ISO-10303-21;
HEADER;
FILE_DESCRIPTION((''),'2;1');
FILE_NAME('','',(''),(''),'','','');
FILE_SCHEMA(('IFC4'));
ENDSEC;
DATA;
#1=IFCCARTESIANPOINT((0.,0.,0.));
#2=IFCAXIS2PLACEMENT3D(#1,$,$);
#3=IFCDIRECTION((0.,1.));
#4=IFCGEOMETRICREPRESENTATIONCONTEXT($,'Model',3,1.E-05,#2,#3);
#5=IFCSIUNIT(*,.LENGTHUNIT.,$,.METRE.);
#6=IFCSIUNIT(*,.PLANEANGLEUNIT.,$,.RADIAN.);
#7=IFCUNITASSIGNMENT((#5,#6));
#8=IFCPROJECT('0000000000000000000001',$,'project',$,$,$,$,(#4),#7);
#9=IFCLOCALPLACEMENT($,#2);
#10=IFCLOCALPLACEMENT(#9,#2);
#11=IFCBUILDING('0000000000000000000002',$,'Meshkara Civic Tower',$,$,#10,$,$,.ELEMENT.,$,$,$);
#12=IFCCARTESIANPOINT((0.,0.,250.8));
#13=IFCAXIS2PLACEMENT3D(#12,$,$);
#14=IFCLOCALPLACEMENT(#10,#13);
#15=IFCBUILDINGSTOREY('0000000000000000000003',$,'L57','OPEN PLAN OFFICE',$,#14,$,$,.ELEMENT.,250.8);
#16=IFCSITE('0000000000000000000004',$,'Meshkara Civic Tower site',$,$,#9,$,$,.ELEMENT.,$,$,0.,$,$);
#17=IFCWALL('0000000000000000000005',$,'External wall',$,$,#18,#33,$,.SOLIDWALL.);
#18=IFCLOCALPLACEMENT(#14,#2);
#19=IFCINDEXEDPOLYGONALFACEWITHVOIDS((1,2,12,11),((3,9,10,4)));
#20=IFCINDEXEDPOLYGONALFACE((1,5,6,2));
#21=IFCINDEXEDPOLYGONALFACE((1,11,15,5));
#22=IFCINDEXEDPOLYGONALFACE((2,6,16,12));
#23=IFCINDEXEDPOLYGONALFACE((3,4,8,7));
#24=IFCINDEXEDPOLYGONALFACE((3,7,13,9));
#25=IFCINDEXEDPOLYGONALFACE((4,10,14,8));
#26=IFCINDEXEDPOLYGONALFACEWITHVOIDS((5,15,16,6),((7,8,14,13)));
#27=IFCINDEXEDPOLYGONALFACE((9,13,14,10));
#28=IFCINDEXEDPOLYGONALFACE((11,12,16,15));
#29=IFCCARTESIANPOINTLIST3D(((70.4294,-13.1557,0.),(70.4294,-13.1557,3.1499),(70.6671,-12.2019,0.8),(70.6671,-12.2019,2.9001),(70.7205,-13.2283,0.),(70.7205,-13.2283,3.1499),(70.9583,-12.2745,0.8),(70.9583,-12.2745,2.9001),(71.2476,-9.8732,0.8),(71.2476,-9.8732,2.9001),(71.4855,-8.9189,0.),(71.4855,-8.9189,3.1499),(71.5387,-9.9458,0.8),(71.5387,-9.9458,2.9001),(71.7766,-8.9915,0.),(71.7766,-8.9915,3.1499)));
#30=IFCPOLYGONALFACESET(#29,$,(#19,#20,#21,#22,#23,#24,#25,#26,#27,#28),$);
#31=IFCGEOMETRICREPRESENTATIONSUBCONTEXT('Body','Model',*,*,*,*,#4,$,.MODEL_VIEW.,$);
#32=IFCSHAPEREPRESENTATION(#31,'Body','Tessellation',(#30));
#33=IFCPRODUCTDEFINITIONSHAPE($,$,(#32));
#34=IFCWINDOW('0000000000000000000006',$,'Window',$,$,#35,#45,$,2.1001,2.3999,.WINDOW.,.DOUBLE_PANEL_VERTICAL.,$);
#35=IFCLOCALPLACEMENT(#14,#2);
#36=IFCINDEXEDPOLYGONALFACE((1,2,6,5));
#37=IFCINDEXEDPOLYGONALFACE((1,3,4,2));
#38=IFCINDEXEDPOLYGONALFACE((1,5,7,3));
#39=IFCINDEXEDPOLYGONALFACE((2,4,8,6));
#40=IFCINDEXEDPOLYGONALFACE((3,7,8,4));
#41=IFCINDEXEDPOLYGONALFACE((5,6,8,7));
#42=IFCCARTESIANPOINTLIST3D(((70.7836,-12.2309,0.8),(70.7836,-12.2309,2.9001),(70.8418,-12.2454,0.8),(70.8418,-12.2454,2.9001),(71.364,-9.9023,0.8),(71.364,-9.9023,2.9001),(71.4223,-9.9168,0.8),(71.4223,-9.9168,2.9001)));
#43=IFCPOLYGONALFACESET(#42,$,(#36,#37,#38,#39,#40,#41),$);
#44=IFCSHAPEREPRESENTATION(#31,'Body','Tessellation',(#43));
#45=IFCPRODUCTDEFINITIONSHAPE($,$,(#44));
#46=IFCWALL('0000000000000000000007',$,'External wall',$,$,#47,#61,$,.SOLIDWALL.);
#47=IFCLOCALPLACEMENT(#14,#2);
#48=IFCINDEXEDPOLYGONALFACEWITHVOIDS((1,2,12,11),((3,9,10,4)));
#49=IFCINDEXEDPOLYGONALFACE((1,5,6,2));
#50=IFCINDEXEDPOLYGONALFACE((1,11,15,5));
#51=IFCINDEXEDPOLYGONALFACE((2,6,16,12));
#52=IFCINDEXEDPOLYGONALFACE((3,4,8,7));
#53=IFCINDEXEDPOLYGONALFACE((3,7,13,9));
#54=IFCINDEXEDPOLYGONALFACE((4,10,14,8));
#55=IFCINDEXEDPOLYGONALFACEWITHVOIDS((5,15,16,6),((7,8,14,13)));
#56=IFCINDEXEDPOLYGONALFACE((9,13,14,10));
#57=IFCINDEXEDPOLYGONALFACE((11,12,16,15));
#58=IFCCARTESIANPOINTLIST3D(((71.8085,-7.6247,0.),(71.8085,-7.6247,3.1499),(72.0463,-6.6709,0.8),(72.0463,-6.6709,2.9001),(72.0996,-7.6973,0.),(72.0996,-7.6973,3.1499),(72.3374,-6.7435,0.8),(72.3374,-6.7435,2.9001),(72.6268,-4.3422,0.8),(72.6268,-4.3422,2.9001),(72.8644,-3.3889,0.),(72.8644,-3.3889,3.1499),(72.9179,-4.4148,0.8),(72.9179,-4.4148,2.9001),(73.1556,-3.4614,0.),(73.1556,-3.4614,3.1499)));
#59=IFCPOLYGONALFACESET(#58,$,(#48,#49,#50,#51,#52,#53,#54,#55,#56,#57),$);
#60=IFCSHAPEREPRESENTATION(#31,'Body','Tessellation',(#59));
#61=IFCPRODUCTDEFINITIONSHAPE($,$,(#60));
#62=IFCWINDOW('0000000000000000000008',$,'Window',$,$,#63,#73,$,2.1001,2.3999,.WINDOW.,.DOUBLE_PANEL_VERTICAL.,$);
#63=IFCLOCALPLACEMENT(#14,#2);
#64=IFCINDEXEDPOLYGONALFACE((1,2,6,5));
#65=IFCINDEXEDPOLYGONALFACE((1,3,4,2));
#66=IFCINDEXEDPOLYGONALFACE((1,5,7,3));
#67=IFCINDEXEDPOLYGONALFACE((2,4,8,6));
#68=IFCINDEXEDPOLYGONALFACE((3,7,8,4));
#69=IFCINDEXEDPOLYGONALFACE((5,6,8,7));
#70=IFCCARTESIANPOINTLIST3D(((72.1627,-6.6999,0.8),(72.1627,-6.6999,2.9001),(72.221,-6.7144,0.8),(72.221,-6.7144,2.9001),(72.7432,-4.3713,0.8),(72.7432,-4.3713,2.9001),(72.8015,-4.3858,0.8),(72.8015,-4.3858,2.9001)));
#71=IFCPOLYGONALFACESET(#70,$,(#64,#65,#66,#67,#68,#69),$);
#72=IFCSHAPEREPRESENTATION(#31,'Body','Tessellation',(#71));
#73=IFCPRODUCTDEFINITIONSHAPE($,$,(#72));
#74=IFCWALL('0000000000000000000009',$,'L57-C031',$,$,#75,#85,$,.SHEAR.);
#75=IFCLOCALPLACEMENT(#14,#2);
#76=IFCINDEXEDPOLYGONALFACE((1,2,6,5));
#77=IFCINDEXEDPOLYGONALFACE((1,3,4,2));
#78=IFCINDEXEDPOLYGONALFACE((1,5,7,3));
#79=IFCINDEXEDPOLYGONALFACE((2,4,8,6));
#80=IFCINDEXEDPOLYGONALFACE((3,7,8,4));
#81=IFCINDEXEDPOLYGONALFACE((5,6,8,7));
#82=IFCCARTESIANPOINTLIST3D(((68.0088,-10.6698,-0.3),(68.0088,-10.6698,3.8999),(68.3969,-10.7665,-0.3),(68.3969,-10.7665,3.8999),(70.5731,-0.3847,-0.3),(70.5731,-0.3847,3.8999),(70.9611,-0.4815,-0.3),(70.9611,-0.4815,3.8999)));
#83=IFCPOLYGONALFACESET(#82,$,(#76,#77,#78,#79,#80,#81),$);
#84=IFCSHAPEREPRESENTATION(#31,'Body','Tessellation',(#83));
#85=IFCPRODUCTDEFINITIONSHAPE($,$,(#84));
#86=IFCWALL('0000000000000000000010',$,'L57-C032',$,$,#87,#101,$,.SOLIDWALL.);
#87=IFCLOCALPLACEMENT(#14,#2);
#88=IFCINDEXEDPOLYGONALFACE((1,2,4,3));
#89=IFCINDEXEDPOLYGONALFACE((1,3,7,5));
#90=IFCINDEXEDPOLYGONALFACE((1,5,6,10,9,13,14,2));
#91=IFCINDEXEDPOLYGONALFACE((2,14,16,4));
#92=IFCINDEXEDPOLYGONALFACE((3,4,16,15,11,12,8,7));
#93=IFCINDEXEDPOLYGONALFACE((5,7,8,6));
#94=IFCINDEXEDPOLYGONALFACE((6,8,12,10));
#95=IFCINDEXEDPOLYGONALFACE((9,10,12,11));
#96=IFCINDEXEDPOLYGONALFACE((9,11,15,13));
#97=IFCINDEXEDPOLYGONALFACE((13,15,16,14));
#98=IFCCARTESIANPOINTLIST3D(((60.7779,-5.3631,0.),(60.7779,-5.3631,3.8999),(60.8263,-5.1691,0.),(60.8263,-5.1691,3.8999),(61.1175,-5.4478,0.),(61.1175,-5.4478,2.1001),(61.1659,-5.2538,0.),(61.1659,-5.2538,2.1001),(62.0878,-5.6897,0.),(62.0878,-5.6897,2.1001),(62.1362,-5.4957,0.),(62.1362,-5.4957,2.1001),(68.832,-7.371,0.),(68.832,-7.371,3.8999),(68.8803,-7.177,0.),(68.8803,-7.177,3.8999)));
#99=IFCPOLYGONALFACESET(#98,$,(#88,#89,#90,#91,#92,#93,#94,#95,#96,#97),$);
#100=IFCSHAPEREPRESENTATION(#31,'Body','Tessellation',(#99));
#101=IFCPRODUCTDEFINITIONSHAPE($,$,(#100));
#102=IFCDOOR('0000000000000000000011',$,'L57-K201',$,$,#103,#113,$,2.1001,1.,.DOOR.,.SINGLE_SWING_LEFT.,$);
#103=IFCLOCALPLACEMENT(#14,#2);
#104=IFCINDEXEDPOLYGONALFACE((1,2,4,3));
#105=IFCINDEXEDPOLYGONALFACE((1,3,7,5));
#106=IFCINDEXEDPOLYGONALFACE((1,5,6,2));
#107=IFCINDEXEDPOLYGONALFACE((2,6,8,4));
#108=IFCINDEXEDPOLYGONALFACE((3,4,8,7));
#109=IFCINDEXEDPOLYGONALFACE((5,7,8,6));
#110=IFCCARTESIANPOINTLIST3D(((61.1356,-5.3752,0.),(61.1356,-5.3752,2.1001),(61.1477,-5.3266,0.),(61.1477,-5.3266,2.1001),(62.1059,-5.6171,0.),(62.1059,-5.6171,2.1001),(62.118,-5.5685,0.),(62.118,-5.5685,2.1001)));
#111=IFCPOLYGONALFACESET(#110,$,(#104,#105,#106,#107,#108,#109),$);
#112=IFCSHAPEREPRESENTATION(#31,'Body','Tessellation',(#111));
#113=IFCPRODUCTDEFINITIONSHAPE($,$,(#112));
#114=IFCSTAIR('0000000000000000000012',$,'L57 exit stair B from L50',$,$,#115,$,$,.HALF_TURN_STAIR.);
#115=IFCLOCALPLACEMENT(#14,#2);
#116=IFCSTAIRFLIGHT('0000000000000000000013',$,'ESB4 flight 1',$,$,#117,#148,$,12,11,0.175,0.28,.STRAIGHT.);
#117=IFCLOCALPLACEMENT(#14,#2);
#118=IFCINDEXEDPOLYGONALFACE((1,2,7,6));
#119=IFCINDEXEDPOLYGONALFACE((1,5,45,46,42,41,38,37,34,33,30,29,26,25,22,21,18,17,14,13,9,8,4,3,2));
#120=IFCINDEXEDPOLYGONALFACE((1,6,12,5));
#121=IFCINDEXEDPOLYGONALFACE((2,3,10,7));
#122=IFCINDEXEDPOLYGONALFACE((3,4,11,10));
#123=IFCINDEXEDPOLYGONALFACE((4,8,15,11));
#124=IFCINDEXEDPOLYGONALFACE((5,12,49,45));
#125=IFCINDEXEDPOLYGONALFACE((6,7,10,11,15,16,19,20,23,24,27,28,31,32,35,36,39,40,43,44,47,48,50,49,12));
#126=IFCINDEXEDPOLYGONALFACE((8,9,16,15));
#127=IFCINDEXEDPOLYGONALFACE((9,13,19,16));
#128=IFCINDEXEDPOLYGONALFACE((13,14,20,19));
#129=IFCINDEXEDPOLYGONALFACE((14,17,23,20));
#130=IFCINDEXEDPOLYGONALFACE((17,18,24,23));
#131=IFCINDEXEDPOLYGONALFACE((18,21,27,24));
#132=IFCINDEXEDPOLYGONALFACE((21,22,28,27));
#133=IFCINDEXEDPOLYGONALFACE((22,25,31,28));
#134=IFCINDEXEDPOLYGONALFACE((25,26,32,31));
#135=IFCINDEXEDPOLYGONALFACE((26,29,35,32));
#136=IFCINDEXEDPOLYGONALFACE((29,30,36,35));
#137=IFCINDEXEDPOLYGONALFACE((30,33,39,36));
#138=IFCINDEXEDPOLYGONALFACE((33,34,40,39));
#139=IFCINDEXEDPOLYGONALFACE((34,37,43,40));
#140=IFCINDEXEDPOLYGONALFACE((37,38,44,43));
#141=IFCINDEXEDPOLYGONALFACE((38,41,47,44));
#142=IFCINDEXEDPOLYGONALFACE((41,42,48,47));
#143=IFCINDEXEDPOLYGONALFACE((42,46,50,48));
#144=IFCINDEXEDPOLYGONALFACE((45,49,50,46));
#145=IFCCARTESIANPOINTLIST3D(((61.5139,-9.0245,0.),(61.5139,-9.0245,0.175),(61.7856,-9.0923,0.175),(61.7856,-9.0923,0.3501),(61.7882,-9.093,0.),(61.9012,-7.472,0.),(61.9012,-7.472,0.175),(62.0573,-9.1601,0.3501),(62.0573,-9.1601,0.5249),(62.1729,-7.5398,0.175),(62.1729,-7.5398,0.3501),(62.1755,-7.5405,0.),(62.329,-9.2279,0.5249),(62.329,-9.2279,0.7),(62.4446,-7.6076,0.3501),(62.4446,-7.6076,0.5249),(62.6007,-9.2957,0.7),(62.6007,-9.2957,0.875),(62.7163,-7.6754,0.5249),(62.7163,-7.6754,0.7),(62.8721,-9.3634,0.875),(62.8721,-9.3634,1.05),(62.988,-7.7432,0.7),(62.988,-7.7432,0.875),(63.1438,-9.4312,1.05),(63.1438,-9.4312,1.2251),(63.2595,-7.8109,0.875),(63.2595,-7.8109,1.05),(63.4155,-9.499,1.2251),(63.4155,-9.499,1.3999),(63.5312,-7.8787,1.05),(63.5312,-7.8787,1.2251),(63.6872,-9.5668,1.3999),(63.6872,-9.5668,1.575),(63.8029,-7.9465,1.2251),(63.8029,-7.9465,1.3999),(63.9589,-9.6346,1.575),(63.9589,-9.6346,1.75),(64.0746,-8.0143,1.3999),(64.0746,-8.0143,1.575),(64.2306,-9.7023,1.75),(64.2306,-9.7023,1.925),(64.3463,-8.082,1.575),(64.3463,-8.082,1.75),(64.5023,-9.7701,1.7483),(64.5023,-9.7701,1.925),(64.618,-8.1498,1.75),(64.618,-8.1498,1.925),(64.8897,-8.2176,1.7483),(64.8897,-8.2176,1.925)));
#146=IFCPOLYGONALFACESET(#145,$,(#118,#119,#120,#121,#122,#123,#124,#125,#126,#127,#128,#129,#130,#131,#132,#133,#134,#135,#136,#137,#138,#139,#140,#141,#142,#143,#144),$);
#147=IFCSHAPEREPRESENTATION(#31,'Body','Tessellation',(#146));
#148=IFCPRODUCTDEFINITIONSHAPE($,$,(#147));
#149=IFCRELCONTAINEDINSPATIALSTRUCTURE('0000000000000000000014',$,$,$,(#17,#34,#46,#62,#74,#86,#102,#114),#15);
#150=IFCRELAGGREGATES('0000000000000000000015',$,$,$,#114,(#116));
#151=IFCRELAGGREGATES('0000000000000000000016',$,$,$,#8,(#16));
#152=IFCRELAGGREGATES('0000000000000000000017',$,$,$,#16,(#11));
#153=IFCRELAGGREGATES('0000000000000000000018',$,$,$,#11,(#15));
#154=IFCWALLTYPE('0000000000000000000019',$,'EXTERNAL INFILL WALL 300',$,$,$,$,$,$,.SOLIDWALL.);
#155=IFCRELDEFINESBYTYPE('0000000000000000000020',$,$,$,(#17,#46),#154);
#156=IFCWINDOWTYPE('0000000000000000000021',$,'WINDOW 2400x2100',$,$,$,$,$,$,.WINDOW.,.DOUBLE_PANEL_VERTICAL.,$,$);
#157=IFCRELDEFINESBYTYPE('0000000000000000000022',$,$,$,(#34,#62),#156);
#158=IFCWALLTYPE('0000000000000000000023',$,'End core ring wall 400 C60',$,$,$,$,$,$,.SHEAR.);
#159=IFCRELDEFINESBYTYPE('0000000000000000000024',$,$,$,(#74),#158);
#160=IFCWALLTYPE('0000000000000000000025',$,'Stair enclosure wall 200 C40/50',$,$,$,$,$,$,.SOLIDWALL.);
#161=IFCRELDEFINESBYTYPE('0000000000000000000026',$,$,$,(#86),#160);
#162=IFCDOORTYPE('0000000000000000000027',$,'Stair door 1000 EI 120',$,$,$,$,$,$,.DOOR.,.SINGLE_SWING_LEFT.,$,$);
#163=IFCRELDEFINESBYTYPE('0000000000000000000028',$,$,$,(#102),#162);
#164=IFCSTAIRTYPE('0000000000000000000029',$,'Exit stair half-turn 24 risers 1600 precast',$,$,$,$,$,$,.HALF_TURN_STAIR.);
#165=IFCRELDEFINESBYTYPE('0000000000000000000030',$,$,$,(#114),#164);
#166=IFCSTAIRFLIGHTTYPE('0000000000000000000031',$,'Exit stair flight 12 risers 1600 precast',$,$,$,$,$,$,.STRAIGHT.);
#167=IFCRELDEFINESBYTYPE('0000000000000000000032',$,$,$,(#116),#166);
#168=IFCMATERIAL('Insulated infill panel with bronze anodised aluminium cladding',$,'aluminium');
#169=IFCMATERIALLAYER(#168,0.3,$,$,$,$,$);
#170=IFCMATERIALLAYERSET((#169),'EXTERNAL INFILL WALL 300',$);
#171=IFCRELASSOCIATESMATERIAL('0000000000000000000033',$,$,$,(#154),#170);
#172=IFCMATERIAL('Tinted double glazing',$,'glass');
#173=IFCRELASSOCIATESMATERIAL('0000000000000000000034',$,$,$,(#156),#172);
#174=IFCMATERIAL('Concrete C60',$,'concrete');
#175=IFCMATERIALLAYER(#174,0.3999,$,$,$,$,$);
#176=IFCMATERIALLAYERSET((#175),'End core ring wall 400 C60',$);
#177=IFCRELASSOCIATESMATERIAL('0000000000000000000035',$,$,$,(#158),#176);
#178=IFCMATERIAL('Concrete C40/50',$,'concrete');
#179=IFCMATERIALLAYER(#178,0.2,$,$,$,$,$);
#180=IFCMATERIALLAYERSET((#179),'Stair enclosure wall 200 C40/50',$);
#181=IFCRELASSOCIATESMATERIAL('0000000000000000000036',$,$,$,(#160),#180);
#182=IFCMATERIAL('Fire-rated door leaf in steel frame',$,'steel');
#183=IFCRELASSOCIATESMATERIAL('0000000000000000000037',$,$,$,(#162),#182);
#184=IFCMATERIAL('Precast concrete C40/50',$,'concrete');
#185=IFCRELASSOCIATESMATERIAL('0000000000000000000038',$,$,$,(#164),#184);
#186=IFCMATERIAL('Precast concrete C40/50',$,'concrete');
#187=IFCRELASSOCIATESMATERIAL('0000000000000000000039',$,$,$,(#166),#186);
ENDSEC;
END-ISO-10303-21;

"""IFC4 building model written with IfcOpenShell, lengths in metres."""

from ifc_helpers import new_model, si_unit, direction, frame, frame_2d, origin, place, context, subcontext, project, spatial, polyline, rectangle, outline, extrude, material, layer, layer_set, type_object, element, fill, aggregate, save


model = new_model("IFC4")

# Units and contexts
model_context = context("Model", 3, precision=1e-05, world=origin(), true_north=direction((0.0, 1.0)))
body_context = subcontext(model_context, "Body", "Model", "MODEL_VIEW")
ifc_project = project(units=[si_unit("LENGTHUNIT", "METRE"), si_unit("PLANEANGLEUNIT", "RADIAN")], contexts=[model_context])

# Site, building, storey
site_placement = place(None, origin())
site = spatial("IfcSite", under=ifc_project, at=site_placement, Name="Meshkara Civic Tower site", CompositionType="ELEMENT", RefElevation=0.0)
building_placement = place(site_placement, origin())
building = spatial("IfcBuilding", under=site, at=building_placement, Name="Meshkara Civic Tower", CompositionType="ELEMENT")
storey_placement = place(building_placement, frame((0.0, 0.0, 250.8)))
storey = spatial("IfcBuildingStorey", under=building, at=storey_placement, Name="L57", Description="OPEN PLAN OFFICE", CompositionType="ELEMENT", Elevation=250.8)

# Walls, openings, windows
ifc_material_1 = material(Name="Insulated infill panel with bronze anodised aluminium cladding", Category="aluminium")
ifc_layer_1 = layer(ifc_material_1, 0.3)
ifc_layer_set_1 = layer_set([ifc_layer_1], Name="EXTERNAL INFILL WALL 300")
wall_type_1 = type_object("IfcWallType", Name="EXTERNAL INFILL WALL 300", PredefinedType="SOLIDWALL", material=ifc_layer_set_1)
ifc_material_2 = material(Name="Tinted double glazing", Category="glass")
window_type_1 = type_object("IfcWindowType", Name="WINDOW 2400x2100", PartitioningType="DOUBLE_PANEL_VERTICAL", PredefinedType="WINDOW", material=ifc_material_2)
wall_1_placement = place(storey_placement, frame((70.575, -13.1919, 0.0), z_axis=(0.0, 0.0, 1.0), x_axis=(0.241878, 0.970307, 0.0)))
wall_1 = element("IfcWall", 1, at=wall_1_placement, inside=storey, type_object=wall_type_1, Name="External wall", PredefinedType="SOLIDWALL", context=body_context, shape_type="SweptSolid", body=[
    extrude(rectangle(XDim=4.3665, YDim=0.3, at=frame_2d((2.1831, 0.0))), origin(), (0.0, 0.0, 1.0), 3.1499),
])
opening_1_placement = place(wall_1_placement, frame((0.9829, 0.0, 0.8)))
opening_1 = element("IfcOpeningElement", 2, at=opening_1_placement, cuts=wall_1, PredefinedType="OPENING", context=body_context, shape_type="SweptSolid", body=[
    extrude(rectangle(XDim=2.3999, YDim=2.1001, at=frame_2d((1.2, 1.05))), frame((0.0, 0.1599, 0.0), z_axis=(0.0, -1.0, 0.0), x_axis=(1.0, 0.0, 0.0)), (0.0, 0.0, 1.0), 0.3201),
])
window_1_placement = place(opening_1_placement, origin())
window_1 = element("IfcWindow", 3, at=window_1_placement, inside=storey, type_object=window_type_1, Name="Window", OverallHeight=2.1001, OverallWidth=2.3999, PartitioningType="DOUBLE_PANEL_VERTICAL", PredefinedType="WINDOW", context=body_context, shape_type="SweptSolid", body=[
    extrude(rectangle(XDim=2.3999, YDim=2.1001, at=frame_2d((1.2, 1.05))), frame((0.0, 0.03, 0.0), z_axis=(0.0, -1.0, 0.0), x_axis=(1.0, 0.0, 0.0)), (0.0, 0.0, 1.0), 0.0601),
])
fill(opening_1, window_1)
wall_2_placement = place(storey_placement, frame((71.9541, -7.6609, 0.0), z_axis=(0.0, 0.0, 1.0), x_axis=(0.241878, 0.970307, 0.0)))
wall_2 = element("IfcWall", 4, at=wall_2_placement, inside=storey, type_object=wall_type_1, Name="External wall", PredefinedType="SOLIDWALL", context=body_context, shape_type="SweptSolid", body=[
    extrude(rectangle(XDim=4.3655, YDim=0.3, at=frame_2d((2.1826, 0.0))), origin(), (0.0, 0.0, 1.0), 3.1499),
])
opening_2_placement = place(wall_2_placement, frame((0.9829, 0.0, 0.8)))
opening_2 = element("IfcOpeningElement", 5, at=opening_2_placement, cuts=wall_2, PredefinedType="OPENING", context=body_context, shape_type="SweptSolid", body=[
    extrude(rectangle(XDim=2.3999, YDim=2.1001, at=frame_2d((1.2, 1.05))), frame((0.0, 0.1599, 0.0), z_axis=(0.0, -1.0, 0.0), x_axis=(1.0, 0.0, 0.0)), (0.0, 0.0, 1.0), 0.3201),
])
window_2_placement = place(opening_2_placement, origin())
window_2 = element("IfcWindow", 6, at=window_2_placement, inside=storey, type_object=window_type_1, Name="Window", OverallHeight=2.1001, OverallWidth=2.3999, PartitioningType="DOUBLE_PANEL_VERTICAL", PredefinedType="WINDOW", context=body_context, shape_type="SweptSolid", body=[
    extrude(rectangle(XDim=2.3999, YDim=2.1001, at=frame_2d((1.2, 1.05))), frame((0.0, 0.03, 0.0), z_axis=(0.0, -1.0, 0.0), x_axis=(1.0, 0.0, 0.0)), (0.0, 0.0, 1.0), 0.0601),
])
fill(opening_2, window_2)

# Wall
ifc_material_3 = material(Name="Concrete C60", Category="concrete")
ifc_layer_2 = layer(ifc_material_3, 0.3999)
ifc_layer_set_2 = layer_set([ifc_layer_2], Name="End core ring wall 400 C60")
wall_type_2 = type_object("IfcWallType", Name="End core ring wall 400 C60", PredefinedType="SHEAR", material=ifc_layer_set_2)
wall_3_placement = place(storey_placement, frame((68.2029, -10.718, -0.3), z_axis=(0.0, 0.0, 1.0), x_axis=(0.241912, 0.970298, 0.0)))
element("IfcWall", 7, at=wall_3_placement, inside=storey, type_object=wall_type_2, Name="L57-C031", PredefinedType="SHEAR", context=body_context, shape_type="SweptSolid", body=[
    extrude(rectangle(XDim=10.5999, YDim=0.3999, at=frame_2d((5.2998, 0.0))), origin(), (0.0, 0.0, 1.0), 4.2),
])

# Wall, opening, door
ifc_material_4 = material(Name="Concrete C40/50", Category="concrete")
ifc_layer_3 = layer(ifc_material_4, 0.2)
ifc_layer_set_3 = layer_set([ifc_layer_3], Name="Stair enclosure wall 200 C40/50")
wall_type_3 = type_object("IfcWallType", Name="Stair enclosure wall 200 C40/50", PredefinedType="SOLIDWALL", material=ifc_layer_set_3)
wall_4_placement = place(storey_placement, frame((60.802, -5.2661, 0.0), z_axis=(0.0, 0.0, 1.0), x_axis=(0.970303, -0.241892, 0.0)))
wall_4 = element("IfcWall", 8, at=wall_4_placement, inside=storey, type_object=wall_type_3, Name="L57-C032", PredefinedType="SOLIDWALL", context=body_context, shape_type="SweptSolid", body=[
    extrude(rectangle(XDim=8.3005, YDim=0.2, at=frame_2d((4.1504, 0.0))), origin(), (0.0, 0.0, 1.0), 3.8999),
])
opening_3_placement = place(wall_4_placement, frame((0.3501, 0.0, 0.0)))
opening_3 = element("IfcOpeningElement", 9, at=opening_3_placement, cuts=wall_4, PredefinedType="OPENING", context=body_context, shape_type="SweptSolid", body=[
    extrude(rectangle(XDim=1.0, YDim=2.1001, at=frame_2d((0.5, 1.05))), frame((0.0, 0.1099, 0.0), z_axis=(0.0, -1.0, 0.0), x_axis=(1.0, 0.0, 0.0)), (0.0, 0.0, 1.0), 0.22),
])
ifc_material_5 = material(Name="Fire-rated door leaf in steel frame", Category="steel")
door_type = type_object("IfcDoorType", Name="Stair door 1000 EI 120", OperationType="SINGLE_SWING_LEFT", PredefinedType="DOOR", material=ifc_material_5)
door_placement = place(opening_3_placement, origin())
door = element("IfcDoor", 10, at=door_placement, inside=storey, type_object=door_type, Name="L57-K201", OperationType="SINGLE_SWING_LEFT", OverallHeight=2.1001, OverallWidth=1.0, PredefinedType="DOOR", context=body_context, shape_type="SweptSolid", body=[
    extrude(rectangle(XDim=1.0, YDim=2.1001, at=frame_2d((0.5, 1.05))), frame((0.0, 0.0249, 0.0), z_axis=(0.0, -1.0, 0.0), x_axis=(1.0, 0.0, 0.0)), (0.0, 0.0, 1.0), 0.05),
])
fill(opening_3, door)

# Stair, stair flight
ifc_material_6 = material(Name="Precast concrete C40/50", Category="concrete")
stair_type = type_object("IfcStairType", Name="Exit stair half-turn 24 risers 1600 precast", PredefinedType="HALF_TURN_STAIR", material=ifc_material_6)
stair_placement = place(storey_placement, origin())
stair = element("IfcStair", 11, at=stair_placement, inside=storey, type_object=stair_type, Name="L57 exit stair B from L50", PredefinedType="HALF_TURN_STAIR")
ifc_material_7 = material(Name="Precast concrete C40/50", Category="concrete")
stair_flight_type = type_object("IfcStairFlightType", Name="Exit stair flight 12 risers 1600 precast", PredefinedType="STRAIGHT", material=ifc_material_7)
stair_flight_1_placement = place(storey_placement, frame((61.7075, -8.2483, 0.0), z_axis=(0.0, 0.0, 1.0), x_axis=(0.97026, -0.242065, 0.0)))
stair_flight_1 = element("IfcStairFlight", 12, at=stair_flight_1_placement, type_object=stair_flight_type, Name="ESB4 flight 1", NumberOfRisers=12, NumberOfTreads=11, PredefinedType="STRAIGHT", RiserHeight=0.175, TreadLength=0.28, context=body_context, shape_type="SweptSolid", body=[
    extrude(outline(polyline([(0.0, 0.0), (0.0, 0.175), (0.28, 0.175), (0.28, 0.3501), (0.5601, 0.3501), (0.5601, 0.5249), (0.8401, 0.5249), (0.8401, 0.7), (1.1201, 0.7), (1.1201, 0.875), (1.3999, 0.875), (1.3999, 1.05), (1.6799, 1.05), (1.6799, 1.2251), (1.96, 1.2251), (1.96, 1.3999), (2.24, 1.3999), (2.24, 1.575), (2.52, 1.575), (2.52, 1.75), (2.8, 1.75), (2.8, 1.925), (3.0801, 1.925), (3.0801, 2.1001), (3.0801, 1.7483), (0.2827, 0.0), (0.0, 0.0)])), frame((0.0, 0.8, 0.0), z_axis=(0.0, -1.0, 0.0), x_axis=(1.0, 0.0, 0.0)), (0.0, 0.0, 1.0), 1.6001),
])
aggregate(stair, [stair_flight_1])

save(model, "model.ifc")
